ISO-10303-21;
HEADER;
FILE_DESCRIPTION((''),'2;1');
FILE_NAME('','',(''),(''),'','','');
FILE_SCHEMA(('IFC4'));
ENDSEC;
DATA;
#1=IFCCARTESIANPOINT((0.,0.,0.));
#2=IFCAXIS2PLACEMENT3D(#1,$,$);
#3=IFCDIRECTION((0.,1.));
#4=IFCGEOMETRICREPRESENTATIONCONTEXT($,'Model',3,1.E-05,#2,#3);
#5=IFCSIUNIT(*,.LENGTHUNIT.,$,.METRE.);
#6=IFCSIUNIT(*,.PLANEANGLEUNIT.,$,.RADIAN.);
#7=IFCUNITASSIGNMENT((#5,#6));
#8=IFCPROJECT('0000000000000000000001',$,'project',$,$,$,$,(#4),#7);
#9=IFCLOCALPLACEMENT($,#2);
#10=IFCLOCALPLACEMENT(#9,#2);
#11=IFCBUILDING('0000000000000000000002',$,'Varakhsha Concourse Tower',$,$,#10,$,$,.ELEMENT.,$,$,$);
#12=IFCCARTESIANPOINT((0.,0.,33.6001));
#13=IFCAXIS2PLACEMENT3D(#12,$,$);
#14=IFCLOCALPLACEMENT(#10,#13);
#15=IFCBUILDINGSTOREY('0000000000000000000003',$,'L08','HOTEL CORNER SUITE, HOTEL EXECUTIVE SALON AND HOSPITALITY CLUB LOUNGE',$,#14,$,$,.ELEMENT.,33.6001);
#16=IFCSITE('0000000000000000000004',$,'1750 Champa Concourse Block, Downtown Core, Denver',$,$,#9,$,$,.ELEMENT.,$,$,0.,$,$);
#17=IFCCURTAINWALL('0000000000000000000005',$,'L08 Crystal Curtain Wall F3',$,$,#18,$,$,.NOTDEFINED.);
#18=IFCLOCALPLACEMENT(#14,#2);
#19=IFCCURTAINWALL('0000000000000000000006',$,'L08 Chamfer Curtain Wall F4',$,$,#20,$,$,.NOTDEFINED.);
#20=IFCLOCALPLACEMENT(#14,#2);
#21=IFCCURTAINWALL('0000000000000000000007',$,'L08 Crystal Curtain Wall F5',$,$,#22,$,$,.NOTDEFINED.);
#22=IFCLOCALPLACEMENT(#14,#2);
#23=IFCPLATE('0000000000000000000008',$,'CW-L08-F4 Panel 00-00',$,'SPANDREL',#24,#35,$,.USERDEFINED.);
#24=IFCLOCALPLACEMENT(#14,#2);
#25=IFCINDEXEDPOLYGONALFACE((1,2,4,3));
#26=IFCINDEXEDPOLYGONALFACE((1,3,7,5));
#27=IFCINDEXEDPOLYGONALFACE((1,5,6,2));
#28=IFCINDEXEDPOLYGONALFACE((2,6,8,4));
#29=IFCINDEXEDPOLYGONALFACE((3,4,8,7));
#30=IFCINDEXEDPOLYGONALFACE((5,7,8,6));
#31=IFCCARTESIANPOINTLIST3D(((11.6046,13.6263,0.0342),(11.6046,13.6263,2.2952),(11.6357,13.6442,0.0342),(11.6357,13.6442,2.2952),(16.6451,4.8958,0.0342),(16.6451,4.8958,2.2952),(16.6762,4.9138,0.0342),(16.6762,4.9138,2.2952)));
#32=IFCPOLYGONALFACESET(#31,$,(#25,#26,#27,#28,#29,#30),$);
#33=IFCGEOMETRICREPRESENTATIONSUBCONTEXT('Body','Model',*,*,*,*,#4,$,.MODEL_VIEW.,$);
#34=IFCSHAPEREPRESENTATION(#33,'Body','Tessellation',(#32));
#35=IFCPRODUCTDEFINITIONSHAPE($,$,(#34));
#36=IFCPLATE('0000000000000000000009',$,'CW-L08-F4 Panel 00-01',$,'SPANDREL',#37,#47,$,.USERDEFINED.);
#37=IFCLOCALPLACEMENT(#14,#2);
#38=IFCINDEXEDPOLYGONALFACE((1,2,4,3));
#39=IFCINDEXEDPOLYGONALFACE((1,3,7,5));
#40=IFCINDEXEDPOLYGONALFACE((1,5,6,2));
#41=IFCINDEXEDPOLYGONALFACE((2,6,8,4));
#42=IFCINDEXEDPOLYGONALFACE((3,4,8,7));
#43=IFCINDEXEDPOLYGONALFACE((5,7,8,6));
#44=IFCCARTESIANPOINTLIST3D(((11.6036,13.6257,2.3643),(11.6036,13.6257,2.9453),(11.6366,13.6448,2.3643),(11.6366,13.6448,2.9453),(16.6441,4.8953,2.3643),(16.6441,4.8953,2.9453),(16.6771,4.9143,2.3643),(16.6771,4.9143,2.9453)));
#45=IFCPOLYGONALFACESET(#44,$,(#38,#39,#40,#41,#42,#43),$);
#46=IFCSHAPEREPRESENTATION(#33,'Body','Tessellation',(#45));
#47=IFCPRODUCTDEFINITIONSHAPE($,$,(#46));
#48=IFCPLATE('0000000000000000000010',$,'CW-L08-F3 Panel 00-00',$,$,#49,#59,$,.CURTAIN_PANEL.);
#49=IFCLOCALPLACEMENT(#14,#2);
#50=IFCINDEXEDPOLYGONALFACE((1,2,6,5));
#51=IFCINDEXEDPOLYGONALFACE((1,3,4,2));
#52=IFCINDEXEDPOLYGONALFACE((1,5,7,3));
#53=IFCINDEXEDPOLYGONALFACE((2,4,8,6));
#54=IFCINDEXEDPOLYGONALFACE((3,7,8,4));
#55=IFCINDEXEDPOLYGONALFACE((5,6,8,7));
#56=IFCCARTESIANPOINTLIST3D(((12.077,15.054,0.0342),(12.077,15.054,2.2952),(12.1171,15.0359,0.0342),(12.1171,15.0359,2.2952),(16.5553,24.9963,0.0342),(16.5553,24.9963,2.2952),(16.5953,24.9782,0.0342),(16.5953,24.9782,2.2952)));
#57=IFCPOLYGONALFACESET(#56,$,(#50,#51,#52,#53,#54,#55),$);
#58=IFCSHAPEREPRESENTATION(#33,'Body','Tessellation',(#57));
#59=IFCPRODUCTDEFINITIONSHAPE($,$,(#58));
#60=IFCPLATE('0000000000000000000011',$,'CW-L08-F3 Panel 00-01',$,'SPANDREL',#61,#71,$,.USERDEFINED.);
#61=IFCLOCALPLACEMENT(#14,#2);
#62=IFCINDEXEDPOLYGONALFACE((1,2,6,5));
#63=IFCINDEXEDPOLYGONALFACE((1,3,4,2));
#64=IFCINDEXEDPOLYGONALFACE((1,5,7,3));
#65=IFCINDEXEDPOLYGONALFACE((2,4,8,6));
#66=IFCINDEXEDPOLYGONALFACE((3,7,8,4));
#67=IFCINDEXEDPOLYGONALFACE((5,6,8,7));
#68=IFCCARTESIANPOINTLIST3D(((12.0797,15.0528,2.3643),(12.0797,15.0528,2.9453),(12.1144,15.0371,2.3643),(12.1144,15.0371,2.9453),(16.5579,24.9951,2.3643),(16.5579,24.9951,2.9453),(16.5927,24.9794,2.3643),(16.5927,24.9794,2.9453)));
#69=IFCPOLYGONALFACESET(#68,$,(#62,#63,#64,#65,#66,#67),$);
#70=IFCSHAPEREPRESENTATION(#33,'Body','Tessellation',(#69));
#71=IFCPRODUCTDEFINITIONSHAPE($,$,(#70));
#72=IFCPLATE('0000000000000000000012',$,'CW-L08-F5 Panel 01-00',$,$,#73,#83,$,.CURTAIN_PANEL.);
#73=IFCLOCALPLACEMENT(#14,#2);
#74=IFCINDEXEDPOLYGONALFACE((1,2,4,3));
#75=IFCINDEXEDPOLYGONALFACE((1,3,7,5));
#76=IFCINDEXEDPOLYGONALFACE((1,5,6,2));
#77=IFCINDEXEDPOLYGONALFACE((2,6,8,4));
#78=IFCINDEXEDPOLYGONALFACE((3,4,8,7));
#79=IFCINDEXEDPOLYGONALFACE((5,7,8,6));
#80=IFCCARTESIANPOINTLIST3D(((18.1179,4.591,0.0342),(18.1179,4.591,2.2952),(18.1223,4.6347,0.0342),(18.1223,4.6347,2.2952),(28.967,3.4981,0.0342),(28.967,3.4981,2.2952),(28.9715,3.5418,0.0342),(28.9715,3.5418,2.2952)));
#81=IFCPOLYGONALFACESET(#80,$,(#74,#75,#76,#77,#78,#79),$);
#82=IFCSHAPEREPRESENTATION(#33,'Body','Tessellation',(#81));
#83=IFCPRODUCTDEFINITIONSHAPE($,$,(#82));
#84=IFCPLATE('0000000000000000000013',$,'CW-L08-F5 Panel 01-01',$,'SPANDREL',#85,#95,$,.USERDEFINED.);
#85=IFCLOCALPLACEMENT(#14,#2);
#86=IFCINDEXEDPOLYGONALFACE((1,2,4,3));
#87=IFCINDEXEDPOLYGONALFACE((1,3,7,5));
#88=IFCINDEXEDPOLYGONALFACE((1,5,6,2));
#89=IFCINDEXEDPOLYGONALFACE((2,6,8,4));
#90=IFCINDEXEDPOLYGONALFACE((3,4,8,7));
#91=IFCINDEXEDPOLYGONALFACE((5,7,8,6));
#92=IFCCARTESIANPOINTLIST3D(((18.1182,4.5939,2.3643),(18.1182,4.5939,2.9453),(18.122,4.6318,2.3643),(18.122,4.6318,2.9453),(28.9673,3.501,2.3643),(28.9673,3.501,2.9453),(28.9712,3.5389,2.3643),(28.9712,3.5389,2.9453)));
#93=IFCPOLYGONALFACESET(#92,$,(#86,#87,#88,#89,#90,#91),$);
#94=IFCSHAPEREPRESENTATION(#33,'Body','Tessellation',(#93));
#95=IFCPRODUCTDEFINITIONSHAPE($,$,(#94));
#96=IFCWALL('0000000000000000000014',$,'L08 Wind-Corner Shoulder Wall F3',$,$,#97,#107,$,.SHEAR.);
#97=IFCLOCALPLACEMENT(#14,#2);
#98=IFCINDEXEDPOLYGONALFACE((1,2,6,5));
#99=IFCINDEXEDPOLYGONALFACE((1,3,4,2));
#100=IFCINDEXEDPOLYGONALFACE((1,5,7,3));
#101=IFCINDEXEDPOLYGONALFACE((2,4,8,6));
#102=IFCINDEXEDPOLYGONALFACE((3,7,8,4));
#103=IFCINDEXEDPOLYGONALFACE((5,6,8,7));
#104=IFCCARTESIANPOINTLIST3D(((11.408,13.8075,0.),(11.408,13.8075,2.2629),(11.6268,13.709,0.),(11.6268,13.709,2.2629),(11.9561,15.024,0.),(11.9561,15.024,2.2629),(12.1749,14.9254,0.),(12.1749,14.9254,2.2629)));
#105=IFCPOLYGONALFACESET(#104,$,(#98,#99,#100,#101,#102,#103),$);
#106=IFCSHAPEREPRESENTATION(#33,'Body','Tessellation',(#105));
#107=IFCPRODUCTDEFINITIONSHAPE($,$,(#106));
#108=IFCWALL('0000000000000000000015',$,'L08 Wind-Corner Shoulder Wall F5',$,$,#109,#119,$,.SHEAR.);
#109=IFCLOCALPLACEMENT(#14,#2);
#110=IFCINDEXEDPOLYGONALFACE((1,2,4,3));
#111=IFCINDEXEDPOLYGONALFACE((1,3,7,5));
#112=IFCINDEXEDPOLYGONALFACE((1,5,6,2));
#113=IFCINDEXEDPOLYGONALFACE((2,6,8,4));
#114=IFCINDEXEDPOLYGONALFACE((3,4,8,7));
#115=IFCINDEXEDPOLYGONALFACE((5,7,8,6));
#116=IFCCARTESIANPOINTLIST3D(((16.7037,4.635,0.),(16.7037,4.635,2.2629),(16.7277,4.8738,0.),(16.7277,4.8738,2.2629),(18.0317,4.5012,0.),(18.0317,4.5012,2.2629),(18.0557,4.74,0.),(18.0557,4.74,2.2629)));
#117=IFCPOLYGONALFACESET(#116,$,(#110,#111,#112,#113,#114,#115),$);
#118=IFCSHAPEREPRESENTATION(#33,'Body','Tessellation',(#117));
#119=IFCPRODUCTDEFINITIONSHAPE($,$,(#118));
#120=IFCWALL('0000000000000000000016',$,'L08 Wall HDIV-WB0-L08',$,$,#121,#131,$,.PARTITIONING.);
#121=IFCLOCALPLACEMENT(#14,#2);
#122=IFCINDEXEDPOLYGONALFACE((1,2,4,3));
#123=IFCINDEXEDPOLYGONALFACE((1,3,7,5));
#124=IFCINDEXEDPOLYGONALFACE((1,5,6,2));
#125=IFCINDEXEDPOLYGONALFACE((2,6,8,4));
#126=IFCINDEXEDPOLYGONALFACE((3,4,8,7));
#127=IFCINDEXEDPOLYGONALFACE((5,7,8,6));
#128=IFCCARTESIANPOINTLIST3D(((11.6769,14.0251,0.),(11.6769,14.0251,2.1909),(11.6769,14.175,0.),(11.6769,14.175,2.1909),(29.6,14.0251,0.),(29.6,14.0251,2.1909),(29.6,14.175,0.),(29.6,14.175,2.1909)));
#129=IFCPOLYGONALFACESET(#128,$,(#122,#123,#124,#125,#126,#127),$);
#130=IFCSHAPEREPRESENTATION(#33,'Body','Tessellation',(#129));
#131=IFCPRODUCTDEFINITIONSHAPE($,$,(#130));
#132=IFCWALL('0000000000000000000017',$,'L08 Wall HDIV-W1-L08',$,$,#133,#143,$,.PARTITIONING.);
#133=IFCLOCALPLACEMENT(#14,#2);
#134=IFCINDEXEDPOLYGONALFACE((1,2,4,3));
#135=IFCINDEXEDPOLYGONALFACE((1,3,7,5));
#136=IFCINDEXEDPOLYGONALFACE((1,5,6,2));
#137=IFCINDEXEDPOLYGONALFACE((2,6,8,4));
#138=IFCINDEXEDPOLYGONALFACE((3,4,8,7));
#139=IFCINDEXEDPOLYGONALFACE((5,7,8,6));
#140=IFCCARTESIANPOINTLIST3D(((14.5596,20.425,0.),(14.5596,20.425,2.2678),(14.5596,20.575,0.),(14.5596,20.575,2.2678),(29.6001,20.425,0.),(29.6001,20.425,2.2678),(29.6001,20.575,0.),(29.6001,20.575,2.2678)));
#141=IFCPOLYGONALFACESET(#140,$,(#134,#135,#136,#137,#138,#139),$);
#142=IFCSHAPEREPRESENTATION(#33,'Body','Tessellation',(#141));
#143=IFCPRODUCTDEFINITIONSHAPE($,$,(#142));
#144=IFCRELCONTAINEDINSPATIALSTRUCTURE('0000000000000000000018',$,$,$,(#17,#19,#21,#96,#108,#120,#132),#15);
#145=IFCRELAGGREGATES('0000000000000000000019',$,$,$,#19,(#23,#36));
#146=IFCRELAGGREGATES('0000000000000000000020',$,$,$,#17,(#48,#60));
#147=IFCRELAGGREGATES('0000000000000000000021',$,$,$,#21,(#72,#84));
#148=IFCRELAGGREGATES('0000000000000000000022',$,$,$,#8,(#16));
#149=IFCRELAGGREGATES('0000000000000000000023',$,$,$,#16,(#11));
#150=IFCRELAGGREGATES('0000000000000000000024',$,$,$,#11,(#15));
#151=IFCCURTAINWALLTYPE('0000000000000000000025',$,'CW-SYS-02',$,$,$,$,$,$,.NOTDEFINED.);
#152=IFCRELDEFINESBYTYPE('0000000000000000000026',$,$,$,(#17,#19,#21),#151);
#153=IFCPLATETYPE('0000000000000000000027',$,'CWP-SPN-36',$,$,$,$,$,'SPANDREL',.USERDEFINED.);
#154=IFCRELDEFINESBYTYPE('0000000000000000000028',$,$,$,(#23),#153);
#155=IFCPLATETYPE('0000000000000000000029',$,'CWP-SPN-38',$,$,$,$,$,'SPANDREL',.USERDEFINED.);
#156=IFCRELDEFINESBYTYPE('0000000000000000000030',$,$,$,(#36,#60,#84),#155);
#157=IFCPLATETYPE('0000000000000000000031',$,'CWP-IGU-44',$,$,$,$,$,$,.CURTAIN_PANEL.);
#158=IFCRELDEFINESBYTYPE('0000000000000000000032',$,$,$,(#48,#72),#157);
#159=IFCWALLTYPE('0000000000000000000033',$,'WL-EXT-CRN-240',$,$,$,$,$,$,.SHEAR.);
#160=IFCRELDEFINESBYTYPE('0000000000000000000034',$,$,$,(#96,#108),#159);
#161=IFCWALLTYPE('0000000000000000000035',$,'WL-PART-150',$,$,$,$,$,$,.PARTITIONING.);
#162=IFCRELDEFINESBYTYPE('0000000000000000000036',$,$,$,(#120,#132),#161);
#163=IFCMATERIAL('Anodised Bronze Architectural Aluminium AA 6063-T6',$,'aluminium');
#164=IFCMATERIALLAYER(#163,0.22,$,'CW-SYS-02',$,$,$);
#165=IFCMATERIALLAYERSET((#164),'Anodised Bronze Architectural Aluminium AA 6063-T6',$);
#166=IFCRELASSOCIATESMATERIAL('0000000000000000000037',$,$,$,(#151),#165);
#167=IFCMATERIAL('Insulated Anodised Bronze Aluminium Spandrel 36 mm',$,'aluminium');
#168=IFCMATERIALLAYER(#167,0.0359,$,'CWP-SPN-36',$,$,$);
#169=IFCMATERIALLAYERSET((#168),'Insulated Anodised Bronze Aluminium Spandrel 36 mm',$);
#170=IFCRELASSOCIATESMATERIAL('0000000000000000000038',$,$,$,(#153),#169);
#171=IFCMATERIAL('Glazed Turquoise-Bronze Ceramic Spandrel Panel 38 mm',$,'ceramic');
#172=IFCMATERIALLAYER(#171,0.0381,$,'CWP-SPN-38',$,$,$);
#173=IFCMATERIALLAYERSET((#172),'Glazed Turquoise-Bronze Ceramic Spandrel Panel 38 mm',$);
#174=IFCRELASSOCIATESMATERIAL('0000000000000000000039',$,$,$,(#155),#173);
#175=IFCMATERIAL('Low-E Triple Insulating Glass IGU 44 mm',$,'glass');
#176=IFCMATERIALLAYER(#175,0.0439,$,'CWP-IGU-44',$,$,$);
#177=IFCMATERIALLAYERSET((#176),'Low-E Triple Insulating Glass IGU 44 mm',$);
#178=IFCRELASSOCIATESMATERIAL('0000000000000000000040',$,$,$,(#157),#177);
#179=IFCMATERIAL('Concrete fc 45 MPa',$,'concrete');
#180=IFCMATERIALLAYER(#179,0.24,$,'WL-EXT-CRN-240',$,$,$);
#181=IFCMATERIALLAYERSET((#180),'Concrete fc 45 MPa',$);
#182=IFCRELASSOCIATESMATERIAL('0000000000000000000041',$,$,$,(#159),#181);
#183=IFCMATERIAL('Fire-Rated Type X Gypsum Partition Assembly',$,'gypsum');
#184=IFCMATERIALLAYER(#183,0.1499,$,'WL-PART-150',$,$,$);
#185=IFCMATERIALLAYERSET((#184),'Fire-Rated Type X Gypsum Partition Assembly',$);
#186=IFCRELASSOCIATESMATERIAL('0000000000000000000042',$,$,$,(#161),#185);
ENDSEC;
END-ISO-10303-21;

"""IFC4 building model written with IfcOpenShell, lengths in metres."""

from ifc_helpers import new_model, si_unit, direction, frame, frame_2d, origin, origin_2d, place, context, subcontext, project, spatial, rectangle, extrude, source, transform, mapped, material, layer, layer_set, type_object, type_shapes, element, aggregate, save


model = new_model("IFC4")

# Units and contexts
model_context = context("Model", 3, precision=1e-05, world=origin(), true_north=direction((0.0, 1.0)))
body_context = subcontext(model_context, "Body", "Model", "MODEL_VIEW")
ifc_project = project(units=[si_unit("LENGTHUNIT", "METRE"), si_unit("PLANEANGLEUNIT", "RADIAN")], contexts=[model_context])

# Site, building, storey
site_placement = place(None, origin())
site = spatial("IfcSite", under=ifc_project, at=site_placement, Name="1750 Champa Concourse Block, Downtown Core, Denver", CompositionType="ELEMENT", RefElevation=0.0)
building_placement = place(site_placement, origin())
building = spatial("IfcBuilding", under=site, at=building_placement, Name="Varakhsha Concourse Tower", CompositionType="ELEMENT")
storey_placement = place(building_placement, frame((0.0, 0.0, 33.6001)))
storey = spatial("IfcBuildingStorey", under=building, at=storey_placement, Name="L08", Description="HOTEL CORNER SUITE, HOTEL EXECUTIVE SALON AND HOSPITALITY CLUB LOUNGE", CompositionType="ELEMENT", Elevation=33.6001)

# Curtain wall
ifc_material_1 = material(Name="Anodised Bronze Architectural Aluminium AA 6063-T6", Category="aluminium")
ifc_layer_1 = layer(ifc_material_1, 0.22, Name="CW-SYS-02")
ifc_layer_set_1 = layer_set([ifc_layer_1], Name="Anodised Bronze Architectural Aluminium AA 6063-T6")
curtain_wall_type = type_object("IfcCurtainWallType", Name="CW-SYS-02", PredefinedType="NOTDEFINED", material=ifc_layer_set_1)
curtain_wall_1_placement = place(storey_placement, origin())
curtain_wall_1 = element("IfcCurtainWall", 1, at=curtain_wall_1_placement, inside=storey, type_object=curtain_wall_type, Name="L08 Crystal Curtain Wall F3", PredefinedType="NOTDEFINED")

# Curtain wall
curtain_wall_2_placement = place(storey_placement, origin())
curtain_wall_2 = element("IfcCurtainWall", 2, at=curtain_wall_2_placement, inside=storey, type_object=curtain_wall_type, Name="L08 Chamfer Curtain Wall F4", PredefinedType="NOTDEFINED")

# Curtain wall
curtain_wall_3_placement = place(storey_placement, origin())
curtain_wall_3 = element("IfcCurtainWall", 3, at=curtain_wall_3_placement, inside=storey, type_object=curtain_wall_type, Name="L08 Crystal Curtain Wall F5", PredefinedType="NOTDEFINED")

# Shared definitions
ifc_material_2 = material(Name="Concrete fc 45 MPa", Category="concrete")

# Plates
ifc_material_3 = material(Name="Insulated Anodised Bronze Aluminium Spandrel 36 mm", Category="aluminium")
ifc_layer_2 = layer(ifc_material_3, 0.0359, Name="CWP-SPN-36")
ifc_layer_set_2 = layer_set([ifc_layer_2], Name="Insulated Anodised Bronze Aluminium Spandrel 36 mm")
plate_type_1 = type_object("IfcPlateType", Name="CWP-SPN-36", ElementType="SPANDREL", PredefinedType="USERDEFINED", material=ifc_layer_set_2)
shared_shape_1 = source(origin(), body_context, "Body", "SweptSolid", [
    extrude(rectangle(XDim=10.0811, YDim=0.0359, at=origin_2d()), origin(), (0.0, 0.0, 1.0), 2.261),
])
type_shapes(plate_type_1, [shared_shape_1])
plate_1_placement = place(storey_placement, frame((14.1404, 9.27, 0.0342), z_axis=(0.0, 0.0, 1.0), x_axis=(-0.499997, 0.866027, 0.0)))
plate_1 = element("IfcPlate", 4, at=plate_1_placement, type_object=plate_type_1, Name="CW-L08-F4 Panel 00-00", ObjectType="SPANDREL", PredefinedType="USERDEFINED", context=body_context, shape_type="MappedRepresentation", body=[
    mapped(shared_shape_1, transform((0.0, 0.0, 0.0), scale=1.0)),
])
ifc_material_4 = material(Name="Glazed Turquoise-Bronze Ceramic Spandrel Panel 38 mm", Category="ceramic")
ifc_layer_3 = layer(ifc_material_4, 0.0381, Name="CWP-SPN-38")
ifc_layer_set_3 = layer_set([ifc_layer_3], Name="Glazed Turquoise-Bronze Ceramic Spandrel Panel 38 mm")
plate_type_2 = type_object("IfcPlateType", Name="CWP-SPN-38", ElementType="SPANDREL", PredefinedType="USERDEFINED", material=ifc_layer_set_3)
shared_shape_2 = source(origin(), body_context, "Body", "SweptSolid", [
    extrude(rectangle(XDim=10.0811, YDim=0.0381, at=origin_2d()), origin(), (0.0, 0.0, 1.0), 0.5811),
])
plate_2_placement = place(storey_placement, frame((14.1404, 9.27, 2.3643), z_axis=(0.0, 0.0, 1.0), x_axis=(-0.499997, 0.866027, 0.0)))
plate_2 = element("IfcPlate", 5, at=plate_2_placement, type_object=plate_type_2, Name="CW-L08-F4 Panel 00-01", ObjectType="SPANDREL", PredefinedType="USERDEFINED", context=body_context, shape_type="MappedRepresentation", body=[
    mapped(shared_shape_2, transform((0.0, 0.0, 0.0), scale=1.0)),
])
aggregate(curtain_wall_2, [plate_1, plate_2])
ifc_material_5 = material(Name="Low-E Triple Insulating Glass IGU 44 mm", Category="glass")
ifc_layer_4 = layer(ifc_material_5, 0.0439, Name="CWP-IGU-44")
ifc_layer_set_4 = layer_set([ifc_layer_4], Name="Low-E Triple Insulating Glass IGU 44 mm")
plate_type_3 = type_object("IfcPlateType", Name="CWP-IGU-44", PredefinedType="CURTAIN_PANEL", material=ifc_layer_set_4)
shared_shape_3 = source(origin(), body_context, "Body", "SweptSolid", [
    extrude(rectangle(XDim=10.9043, YDim=0.0439, at=origin_2d()), origin(), (0.0, 0.0, 1.0), 2.261),
])
plate_3_placement = place(storey_placement, frame((14.3362, 20.0161, 0.0342), z_axis=(0.0, 0.0, 1.0), x_axis=(0.410684, 0.911778, 0.0)))
plate_3 = element("IfcPlate", 6, at=plate_3_placement, type_object=plate_type_3, Name="CW-L08-F3 Panel 00-00", PredefinedType="CURTAIN_PANEL", context=body_context, shape_type="MappedRepresentation", body=[
    mapped(shared_shape_3, transform((0.0, 0.0, 0.0), scale=1.0)),
])
shared_shape_4 = source(origin(), body_context, "Body", "SweptSolid", [
    extrude(rectangle(XDim=10.9043, YDim=0.0381, at=origin_2d()), origin(), (0.0, 0.0, 1.0), 0.5811),
])
plate_4_placement = place(storey_placement, frame((14.3362, 20.0161, 2.3643), z_axis=(0.0, 0.0, 1.0), x_axis=(0.410684, 0.911778, 0.0)))
plate_4 = element("IfcPlate", 7, at=plate_4_placement, type_object=plate_type_2, Name="CW-L08-F3 Panel 00-01", ObjectType="SPANDREL", PredefinedType="USERDEFINED", context=body_context, shape_type="MappedRepresentation", body=[
    mapped(shared_shape_4, transform((0.0, 0.0, 0.0), scale=1.0)),
])
aggregate(curtain_wall_1, [plate_3, plate_4])
shared_shape_5 = source(origin(), body_context, "Body", "SweptSolid", [
    extrude(rectangle(XDim=10.9041, YDim=0.0439, at=origin_2d()), origin(), (0.0, 0.0, 1.0), 2.261),
])
type_shapes(plate_type_3, [shared_shape_3, shared_shape_5])
plate_5_placement = place(storey_placement, frame((23.5447, 4.0664, 0.0342), z_axis=(0.0, 0.0, 1.0), x_axis=(-0.994965, 0.100226, 0.0)))
plate_5 = element("IfcPlate", 8, at=plate_5_placement, type_object=plate_type_3, Name="CW-L08-F5 Panel 01-00", PredefinedType="CURTAIN_PANEL", context=body_context, shape_type="MappedRepresentation", body=[
    mapped(shared_shape_5, transform((0.0, 0.0, 0.0), scale=1.0)),
])
shared_shape_6 = source(origin(), body_context, "Body", "SweptSolid", [
    extrude(rectangle(XDim=10.9041, YDim=0.0381, at=origin_2d()), origin(), (0.0, 0.0, 1.0), 0.5811),
])
type_shapes(plate_type_2, [shared_shape_2, shared_shape_4, shared_shape_6])
plate_6_placement = place(storey_placement, frame((23.5447, 4.0664, 2.3643), z_axis=(0.0, 0.0, 1.0), x_axis=(-0.994965, 0.100226, 0.0)))
plate_6 = element("IfcPlate", 9, at=plate_6_placement, type_object=plate_type_2, Name="CW-L08-F5 Panel 01-01", ObjectType="SPANDREL", PredefinedType="USERDEFINED", context=body_context, shape_type="MappedRepresentation", body=[
    mapped(shared_shape_6, transform((0.0, 0.0, 0.0), scale=1.0)),
])
aggregate(curtain_wall_3, [plate_5, plate_6])

# Walls
ifc_layer_5 = layer(ifc_material_2, 0.24, Name="WL-EXT-CRN-240")
ifc_layer_set_5 = layer_set([ifc_layer_5], Name="Concrete fc 45 MPa")
wall_type_1 = type_object("IfcWallType", Name="WL-EXT-CRN-240", PredefinedType="SHEAR", material=ifc_layer_set_5)
wall_1_placement = place(storey_placement, frame((12.0654, 14.9746, 0.0), z_axis=(0.0, 0.0, 1.0), x_axis=(-0.410768, -0.91174, 0.0)))
element("IfcWall", 10, at=wall_1_placement, inside=storey, type_object=wall_type_1, Name="L08 Wind-Corner Shoulder Wall F3", PredefinedType="SHEAR", context=body_context, shape_type="SweptSolid", body=[
    extrude(rectangle(XDim=1.3342, YDim=0.24, at=frame_2d((0.667, 0.0))), origin(), (0.0, 0.0, 1.0), 2.2629),
])
wall_2_placement = place(storey_placement, frame((16.7156, 4.7544, 0.0), z_axis=(0.0, 0.0, 1.0), x_axis=(0.994963, -0.100246, 0.0)))
element("IfcWall", 11, at=wall_2_placement, inside=storey, type_object=wall_type_1, Name="L08 Wind-Corner Shoulder Wall F5", PredefinedType="SHEAR", context=body_context, shape_type="SweptSolid", body=[
    extrude(rectangle(XDim=1.3347, YDim=0.24, at=frame_2d((0.6675, 0.0))), origin(), (0.0, 0.0, 1.0), 2.2629),
])
ifc_material_6 = material(Name="Fire-Rated Type X Gypsum Partition Assembly", Category="gypsum")
ifc_layer_6 = layer(ifc_material_6, 0.1499, Name="WL-PART-150")
ifc_layer_set_6 = layer_set([ifc_layer_6], Name="Fire-Rated Type X Gypsum Partition Assembly")
wall_type_2 = type_object("IfcWallType", Name="WL-PART-150", PredefinedType="PARTITIONING", material=ifc_layer_set_6)
wall_3_placement = place(storey_placement, frame((11.677, 14.1001, 0.0), z_axis=(0.0, 0.0, 1.0), x_axis=(1.0, 0.0, 0.0)))
element("IfcWall", 12, at=wall_3_placement, inside=storey, type_object=wall_type_2, Name="L08 Wall HDIV-WB0-L08", PredefinedType="PARTITIONING", context=body_context, shape_type="SweptSolid", body=[
    extrude(rectangle(XDim=17.9231, YDim=0.1499, at=frame_2d((8.9614, 0.0))), origin(), (0.0, 0.0, 1.0), 2.1909),
])
wall_4_placement = place(storey_placement, frame((14.5596, 20.5, 0.0), z_axis=(0.0, 0.0, 1.0), x_axis=(1.0, 0.0, 0.0)))
element("IfcWall", 13, at=wall_4_placement, inside=storey, type_object=wall_type_2, Name="L08 Wall HDIV-W1-L08", PredefinedType="PARTITIONING", context=body_context, shape_type="SweptSolid", body=[
    extrude(rectangle(XDim=15.0405, YDim=0.1499, at=frame_2d((7.5203, 0.0))), origin(), (0.0, 0.0, 1.0), 2.2678),
])

save(model, "model.ifc")
